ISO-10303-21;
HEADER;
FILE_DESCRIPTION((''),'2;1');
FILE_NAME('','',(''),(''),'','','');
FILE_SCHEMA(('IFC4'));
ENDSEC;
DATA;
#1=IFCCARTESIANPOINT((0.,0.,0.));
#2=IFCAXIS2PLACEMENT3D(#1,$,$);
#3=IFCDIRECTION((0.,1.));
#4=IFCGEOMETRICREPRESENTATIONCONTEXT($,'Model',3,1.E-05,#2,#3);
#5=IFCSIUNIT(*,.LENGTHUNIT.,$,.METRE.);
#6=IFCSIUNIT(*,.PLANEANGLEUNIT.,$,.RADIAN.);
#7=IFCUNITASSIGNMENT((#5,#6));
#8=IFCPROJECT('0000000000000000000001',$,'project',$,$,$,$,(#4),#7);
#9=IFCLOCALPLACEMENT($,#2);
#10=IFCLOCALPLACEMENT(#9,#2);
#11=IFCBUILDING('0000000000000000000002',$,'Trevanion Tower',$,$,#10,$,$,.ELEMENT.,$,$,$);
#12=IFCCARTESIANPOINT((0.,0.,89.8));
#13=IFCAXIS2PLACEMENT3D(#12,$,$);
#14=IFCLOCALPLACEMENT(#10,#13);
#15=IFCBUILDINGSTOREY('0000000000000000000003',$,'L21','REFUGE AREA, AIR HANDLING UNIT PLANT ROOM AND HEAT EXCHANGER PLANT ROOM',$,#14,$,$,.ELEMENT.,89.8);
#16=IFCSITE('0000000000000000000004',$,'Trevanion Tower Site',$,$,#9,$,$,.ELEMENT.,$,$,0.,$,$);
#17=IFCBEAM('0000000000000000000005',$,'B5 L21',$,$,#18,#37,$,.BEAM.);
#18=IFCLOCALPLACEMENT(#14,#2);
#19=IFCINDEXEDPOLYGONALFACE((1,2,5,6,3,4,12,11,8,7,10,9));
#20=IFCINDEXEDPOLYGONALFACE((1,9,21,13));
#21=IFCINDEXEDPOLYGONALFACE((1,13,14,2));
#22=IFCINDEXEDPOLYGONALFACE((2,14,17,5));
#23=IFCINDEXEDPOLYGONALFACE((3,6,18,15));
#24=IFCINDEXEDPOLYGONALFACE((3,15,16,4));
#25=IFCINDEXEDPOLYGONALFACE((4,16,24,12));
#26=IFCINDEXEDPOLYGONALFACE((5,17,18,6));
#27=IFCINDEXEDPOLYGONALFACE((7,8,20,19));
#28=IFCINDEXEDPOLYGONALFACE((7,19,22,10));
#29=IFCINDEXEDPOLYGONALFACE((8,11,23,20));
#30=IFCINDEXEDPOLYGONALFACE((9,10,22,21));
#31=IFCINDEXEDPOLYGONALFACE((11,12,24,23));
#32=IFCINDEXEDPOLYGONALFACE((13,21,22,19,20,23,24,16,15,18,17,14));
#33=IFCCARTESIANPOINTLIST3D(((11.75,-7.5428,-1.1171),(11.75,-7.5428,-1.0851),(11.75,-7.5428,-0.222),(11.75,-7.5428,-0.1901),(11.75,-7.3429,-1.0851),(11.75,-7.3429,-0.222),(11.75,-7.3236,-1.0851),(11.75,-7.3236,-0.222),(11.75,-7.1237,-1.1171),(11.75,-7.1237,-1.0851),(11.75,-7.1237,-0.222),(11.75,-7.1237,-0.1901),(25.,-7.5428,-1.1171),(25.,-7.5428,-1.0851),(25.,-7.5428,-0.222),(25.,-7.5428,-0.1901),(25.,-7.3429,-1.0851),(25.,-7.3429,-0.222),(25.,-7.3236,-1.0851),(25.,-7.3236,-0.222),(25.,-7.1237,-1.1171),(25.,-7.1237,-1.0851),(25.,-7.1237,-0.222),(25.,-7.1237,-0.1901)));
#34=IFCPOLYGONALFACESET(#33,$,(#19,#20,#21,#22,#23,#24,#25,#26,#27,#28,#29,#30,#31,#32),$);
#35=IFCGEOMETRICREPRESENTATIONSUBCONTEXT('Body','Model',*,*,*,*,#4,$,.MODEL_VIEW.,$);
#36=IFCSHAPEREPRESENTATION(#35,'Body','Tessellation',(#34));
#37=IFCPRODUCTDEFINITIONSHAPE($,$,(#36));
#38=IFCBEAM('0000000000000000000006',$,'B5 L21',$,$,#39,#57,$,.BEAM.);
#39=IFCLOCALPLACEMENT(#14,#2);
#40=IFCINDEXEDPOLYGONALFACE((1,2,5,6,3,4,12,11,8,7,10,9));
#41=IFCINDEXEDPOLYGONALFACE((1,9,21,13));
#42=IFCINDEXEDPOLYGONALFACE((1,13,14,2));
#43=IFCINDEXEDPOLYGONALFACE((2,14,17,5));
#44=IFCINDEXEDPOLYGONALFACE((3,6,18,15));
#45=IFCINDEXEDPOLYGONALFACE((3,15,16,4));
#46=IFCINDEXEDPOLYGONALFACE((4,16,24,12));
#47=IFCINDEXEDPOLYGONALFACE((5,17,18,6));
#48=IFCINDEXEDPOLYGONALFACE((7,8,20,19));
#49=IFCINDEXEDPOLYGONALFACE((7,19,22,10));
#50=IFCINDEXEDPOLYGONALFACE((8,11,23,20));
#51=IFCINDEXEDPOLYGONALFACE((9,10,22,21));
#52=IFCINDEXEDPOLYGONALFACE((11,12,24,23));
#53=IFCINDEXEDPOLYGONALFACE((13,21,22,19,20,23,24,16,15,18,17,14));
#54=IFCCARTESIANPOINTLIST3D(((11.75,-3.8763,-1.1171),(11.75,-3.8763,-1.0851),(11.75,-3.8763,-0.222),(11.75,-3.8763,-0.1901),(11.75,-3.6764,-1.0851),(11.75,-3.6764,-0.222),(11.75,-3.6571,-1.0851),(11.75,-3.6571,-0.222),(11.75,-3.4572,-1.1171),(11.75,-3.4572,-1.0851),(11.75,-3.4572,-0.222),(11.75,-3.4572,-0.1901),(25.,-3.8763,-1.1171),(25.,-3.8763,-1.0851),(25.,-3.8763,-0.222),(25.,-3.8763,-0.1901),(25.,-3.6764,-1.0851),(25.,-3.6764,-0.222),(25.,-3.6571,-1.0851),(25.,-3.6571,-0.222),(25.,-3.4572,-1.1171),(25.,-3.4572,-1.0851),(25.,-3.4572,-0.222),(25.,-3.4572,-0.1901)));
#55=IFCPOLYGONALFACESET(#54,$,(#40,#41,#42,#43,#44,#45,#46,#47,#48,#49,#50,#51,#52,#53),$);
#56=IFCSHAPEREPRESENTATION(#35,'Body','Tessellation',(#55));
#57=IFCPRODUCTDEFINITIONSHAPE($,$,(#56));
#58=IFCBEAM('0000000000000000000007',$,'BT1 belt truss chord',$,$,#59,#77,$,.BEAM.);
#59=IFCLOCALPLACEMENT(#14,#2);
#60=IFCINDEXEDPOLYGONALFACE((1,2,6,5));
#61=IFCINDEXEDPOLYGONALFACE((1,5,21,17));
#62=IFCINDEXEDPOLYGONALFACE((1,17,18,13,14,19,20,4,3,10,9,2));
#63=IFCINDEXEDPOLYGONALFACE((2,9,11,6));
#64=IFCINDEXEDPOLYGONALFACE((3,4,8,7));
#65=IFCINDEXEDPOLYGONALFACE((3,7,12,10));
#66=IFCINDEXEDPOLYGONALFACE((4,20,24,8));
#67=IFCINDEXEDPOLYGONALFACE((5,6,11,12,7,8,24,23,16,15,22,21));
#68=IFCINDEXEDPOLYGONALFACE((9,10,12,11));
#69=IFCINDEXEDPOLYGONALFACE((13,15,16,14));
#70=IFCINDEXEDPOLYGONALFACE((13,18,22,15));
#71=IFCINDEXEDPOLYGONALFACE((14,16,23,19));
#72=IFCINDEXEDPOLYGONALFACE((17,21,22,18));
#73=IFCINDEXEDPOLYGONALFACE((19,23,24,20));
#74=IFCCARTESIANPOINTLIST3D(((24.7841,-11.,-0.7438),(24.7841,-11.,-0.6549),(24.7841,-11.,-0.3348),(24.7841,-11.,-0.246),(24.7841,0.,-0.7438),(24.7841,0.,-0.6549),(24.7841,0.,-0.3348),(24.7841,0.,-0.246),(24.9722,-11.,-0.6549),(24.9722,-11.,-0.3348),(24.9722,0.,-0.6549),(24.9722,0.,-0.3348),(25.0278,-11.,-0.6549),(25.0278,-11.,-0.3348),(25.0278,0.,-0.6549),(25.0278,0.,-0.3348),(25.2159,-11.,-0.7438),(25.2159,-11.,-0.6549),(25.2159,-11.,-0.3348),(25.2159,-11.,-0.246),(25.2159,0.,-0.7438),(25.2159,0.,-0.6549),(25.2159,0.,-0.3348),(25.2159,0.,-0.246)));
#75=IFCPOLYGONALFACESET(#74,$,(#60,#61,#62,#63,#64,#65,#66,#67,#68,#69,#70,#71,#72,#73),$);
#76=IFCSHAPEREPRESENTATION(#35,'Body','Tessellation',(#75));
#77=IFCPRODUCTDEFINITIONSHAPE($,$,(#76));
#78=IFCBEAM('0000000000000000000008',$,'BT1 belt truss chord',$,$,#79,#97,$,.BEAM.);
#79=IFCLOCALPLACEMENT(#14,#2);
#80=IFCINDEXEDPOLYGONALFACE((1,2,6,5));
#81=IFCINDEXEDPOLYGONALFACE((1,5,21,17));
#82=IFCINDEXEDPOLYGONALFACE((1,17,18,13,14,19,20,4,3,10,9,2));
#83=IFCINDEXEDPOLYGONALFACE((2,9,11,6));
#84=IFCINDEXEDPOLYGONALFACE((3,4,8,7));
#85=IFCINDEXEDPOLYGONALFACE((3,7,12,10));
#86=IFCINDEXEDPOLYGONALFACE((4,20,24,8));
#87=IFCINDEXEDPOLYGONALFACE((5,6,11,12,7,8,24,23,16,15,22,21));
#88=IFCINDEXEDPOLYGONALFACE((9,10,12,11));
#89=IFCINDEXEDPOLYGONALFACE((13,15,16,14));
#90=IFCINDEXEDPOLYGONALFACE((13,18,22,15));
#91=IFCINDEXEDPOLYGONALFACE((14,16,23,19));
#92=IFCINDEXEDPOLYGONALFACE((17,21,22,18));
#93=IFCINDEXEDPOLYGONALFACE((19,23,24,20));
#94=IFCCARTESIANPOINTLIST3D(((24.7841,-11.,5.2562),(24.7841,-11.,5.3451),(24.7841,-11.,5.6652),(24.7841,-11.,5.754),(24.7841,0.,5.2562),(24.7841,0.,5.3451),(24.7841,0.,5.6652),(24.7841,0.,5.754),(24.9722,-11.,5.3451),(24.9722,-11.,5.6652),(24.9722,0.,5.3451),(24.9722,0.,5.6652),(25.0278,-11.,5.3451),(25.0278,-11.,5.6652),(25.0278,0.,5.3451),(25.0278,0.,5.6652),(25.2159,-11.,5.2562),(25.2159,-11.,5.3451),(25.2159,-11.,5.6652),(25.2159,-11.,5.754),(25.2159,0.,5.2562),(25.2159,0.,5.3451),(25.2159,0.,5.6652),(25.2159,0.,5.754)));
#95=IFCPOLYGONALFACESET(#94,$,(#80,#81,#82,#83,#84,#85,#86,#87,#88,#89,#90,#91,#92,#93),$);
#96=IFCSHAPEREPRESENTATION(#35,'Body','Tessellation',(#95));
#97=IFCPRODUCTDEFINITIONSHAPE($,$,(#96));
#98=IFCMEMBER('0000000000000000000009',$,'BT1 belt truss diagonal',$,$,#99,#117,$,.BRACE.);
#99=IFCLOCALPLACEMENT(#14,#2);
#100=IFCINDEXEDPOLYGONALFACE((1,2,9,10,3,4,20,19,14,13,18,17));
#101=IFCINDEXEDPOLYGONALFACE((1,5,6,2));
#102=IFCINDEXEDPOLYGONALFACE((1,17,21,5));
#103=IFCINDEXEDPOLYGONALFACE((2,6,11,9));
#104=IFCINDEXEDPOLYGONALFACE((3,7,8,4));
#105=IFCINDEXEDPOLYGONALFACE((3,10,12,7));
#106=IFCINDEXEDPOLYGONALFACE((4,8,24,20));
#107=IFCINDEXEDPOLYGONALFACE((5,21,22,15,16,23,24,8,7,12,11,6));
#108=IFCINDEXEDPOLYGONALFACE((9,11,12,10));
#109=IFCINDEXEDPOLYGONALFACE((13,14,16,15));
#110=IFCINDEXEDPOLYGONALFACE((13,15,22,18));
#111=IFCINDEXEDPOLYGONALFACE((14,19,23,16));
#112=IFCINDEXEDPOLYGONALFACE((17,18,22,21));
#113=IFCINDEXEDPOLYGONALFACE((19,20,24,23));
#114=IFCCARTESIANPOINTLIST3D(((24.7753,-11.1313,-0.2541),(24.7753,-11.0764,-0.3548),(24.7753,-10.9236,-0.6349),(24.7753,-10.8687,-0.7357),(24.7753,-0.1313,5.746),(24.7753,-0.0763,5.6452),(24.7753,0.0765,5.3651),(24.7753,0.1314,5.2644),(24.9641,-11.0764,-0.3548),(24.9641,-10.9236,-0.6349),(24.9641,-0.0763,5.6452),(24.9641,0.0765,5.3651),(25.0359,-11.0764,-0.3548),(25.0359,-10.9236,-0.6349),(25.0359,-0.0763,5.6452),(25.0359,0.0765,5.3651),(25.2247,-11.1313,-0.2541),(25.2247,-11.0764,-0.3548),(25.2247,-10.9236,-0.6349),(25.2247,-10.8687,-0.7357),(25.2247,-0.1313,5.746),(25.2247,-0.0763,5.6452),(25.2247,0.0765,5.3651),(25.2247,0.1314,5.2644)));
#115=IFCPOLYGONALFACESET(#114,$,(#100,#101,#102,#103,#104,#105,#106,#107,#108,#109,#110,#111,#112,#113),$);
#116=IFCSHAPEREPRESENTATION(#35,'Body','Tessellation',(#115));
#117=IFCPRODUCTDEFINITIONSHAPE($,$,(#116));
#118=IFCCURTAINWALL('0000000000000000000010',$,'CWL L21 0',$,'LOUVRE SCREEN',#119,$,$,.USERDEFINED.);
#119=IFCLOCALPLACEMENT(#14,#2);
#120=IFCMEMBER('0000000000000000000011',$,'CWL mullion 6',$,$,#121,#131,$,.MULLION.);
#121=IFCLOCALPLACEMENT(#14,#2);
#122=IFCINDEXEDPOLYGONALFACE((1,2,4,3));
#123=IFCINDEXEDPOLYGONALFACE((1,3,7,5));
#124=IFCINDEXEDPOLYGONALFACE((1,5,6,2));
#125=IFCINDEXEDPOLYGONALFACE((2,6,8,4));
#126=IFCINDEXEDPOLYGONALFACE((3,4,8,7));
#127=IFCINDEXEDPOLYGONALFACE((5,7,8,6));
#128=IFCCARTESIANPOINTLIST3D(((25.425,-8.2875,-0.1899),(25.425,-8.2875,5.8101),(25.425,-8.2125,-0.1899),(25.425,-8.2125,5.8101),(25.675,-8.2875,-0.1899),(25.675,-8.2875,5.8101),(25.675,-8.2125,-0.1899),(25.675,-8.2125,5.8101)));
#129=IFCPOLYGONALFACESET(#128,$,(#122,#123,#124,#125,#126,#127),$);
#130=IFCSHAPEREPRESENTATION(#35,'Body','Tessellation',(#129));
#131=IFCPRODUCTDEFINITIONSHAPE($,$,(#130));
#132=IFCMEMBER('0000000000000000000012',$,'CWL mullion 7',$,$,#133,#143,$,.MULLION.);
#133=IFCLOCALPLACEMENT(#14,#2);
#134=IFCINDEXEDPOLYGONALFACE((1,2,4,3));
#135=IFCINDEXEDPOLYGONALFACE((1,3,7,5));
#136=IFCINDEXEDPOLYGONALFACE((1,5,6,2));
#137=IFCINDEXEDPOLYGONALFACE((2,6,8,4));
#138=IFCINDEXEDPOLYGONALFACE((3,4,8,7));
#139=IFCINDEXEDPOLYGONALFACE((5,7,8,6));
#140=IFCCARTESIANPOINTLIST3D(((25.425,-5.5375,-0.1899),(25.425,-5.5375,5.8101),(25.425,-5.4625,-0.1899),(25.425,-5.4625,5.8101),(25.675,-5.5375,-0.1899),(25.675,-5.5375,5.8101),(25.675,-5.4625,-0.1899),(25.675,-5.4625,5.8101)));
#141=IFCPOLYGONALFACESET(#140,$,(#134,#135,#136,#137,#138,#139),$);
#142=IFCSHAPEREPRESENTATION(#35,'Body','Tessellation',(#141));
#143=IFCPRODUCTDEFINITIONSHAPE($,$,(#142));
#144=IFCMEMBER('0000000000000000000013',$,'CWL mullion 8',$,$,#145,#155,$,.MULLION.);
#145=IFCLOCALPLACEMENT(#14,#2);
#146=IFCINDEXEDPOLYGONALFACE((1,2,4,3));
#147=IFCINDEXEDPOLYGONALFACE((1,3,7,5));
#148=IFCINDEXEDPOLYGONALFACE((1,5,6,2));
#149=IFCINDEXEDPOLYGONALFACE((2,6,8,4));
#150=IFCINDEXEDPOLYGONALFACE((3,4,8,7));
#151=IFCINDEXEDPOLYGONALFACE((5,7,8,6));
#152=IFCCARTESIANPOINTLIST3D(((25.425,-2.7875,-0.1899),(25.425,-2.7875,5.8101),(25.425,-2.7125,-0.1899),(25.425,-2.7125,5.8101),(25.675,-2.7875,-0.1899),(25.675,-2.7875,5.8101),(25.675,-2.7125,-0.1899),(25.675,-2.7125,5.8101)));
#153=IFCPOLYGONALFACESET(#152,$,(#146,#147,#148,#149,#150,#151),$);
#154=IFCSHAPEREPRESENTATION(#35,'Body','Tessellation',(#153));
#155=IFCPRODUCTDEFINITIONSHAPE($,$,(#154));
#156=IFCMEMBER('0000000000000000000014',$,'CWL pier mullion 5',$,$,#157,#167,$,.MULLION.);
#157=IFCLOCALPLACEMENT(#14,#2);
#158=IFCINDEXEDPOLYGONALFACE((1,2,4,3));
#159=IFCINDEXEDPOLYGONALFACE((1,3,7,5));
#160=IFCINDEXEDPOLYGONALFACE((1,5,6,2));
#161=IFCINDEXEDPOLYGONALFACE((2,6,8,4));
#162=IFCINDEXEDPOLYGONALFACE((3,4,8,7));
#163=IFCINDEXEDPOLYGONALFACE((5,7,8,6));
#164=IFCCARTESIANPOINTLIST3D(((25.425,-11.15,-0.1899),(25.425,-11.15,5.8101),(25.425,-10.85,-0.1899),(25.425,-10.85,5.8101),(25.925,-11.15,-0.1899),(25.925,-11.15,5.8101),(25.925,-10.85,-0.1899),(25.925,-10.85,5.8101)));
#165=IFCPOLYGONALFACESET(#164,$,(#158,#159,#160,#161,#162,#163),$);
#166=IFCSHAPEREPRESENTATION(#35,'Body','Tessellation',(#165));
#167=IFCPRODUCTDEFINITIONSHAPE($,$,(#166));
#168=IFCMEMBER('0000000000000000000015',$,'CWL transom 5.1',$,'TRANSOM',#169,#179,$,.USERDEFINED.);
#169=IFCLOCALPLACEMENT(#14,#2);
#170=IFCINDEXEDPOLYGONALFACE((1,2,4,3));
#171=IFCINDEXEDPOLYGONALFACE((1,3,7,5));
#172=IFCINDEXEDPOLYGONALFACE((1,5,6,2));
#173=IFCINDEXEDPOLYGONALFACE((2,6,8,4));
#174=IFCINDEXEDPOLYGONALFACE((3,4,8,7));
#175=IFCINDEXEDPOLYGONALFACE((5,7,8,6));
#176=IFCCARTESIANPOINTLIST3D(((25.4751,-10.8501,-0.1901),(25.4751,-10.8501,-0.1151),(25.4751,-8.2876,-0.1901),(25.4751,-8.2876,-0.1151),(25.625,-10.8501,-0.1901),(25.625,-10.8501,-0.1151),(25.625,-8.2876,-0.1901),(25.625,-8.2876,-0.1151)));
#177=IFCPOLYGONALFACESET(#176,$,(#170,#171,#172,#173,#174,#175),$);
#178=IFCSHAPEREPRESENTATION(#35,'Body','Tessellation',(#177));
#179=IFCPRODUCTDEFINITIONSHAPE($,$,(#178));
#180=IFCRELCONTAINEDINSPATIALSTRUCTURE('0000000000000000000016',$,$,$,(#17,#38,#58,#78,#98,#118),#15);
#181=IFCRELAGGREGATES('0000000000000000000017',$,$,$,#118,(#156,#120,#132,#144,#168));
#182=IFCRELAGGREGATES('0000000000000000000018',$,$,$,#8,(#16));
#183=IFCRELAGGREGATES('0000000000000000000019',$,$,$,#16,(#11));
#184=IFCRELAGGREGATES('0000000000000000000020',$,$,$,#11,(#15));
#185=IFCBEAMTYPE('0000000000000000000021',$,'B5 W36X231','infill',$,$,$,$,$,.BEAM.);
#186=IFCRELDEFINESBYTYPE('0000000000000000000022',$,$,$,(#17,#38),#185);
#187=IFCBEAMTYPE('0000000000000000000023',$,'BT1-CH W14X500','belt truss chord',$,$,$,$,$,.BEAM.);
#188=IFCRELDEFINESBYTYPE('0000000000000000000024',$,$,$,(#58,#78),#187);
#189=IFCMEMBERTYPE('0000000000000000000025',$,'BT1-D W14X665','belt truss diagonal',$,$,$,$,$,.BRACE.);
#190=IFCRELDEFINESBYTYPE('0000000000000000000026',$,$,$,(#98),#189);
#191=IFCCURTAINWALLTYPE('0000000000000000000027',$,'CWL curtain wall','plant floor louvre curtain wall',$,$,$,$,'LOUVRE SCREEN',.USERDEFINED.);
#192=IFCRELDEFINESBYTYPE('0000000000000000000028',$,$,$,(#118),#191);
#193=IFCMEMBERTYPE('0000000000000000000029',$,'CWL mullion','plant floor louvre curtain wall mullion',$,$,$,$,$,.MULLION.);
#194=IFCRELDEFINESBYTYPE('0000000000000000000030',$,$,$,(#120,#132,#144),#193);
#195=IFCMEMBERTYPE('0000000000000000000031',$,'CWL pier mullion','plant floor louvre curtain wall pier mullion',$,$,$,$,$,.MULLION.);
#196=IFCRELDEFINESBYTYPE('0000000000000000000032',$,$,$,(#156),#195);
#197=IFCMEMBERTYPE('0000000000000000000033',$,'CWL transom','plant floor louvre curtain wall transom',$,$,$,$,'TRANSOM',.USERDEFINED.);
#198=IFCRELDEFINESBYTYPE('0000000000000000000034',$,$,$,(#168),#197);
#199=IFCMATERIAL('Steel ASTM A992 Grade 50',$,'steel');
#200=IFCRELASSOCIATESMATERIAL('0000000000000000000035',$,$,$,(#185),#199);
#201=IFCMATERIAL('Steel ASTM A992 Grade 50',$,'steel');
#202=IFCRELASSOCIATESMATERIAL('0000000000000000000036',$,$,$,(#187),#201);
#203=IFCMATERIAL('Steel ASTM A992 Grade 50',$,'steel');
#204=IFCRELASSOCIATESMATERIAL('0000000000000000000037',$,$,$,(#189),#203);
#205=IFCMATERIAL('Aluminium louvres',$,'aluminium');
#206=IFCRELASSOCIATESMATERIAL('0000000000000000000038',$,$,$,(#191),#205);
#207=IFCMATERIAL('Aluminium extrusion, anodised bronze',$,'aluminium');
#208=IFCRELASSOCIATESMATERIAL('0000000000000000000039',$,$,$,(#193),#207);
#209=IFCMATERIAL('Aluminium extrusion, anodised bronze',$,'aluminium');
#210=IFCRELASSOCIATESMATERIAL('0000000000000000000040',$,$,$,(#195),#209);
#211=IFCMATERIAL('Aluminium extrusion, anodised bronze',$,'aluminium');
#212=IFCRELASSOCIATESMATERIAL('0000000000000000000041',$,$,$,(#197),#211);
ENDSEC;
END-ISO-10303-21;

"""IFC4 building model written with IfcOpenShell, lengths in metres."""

from ifc_helpers import new_model, si_unit, direction, frame, origin, origin_2d, place, context, subcontext, project, spatial, rectangle, i_section, extrude, material, material_profile, profile_set, type_object, element, aggregate, save


model = new_model("IFC4")

# Units and contexts
model_context = context("Model", 3, precision=1e-05, world=origin(), true_north=direction((0.0, 1.0)))
body_context = subcontext(model_context, "Body", "Model", "MODEL_VIEW")
ifc_project = project(units=[si_unit("LENGTHUNIT", "METRE"), si_unit("PLANEANGLEUNIT", "RADIAN")], contexts=[model_context])

# Site, building, storey
site_placement = place(None, origin())
site = spatial("IfcSite", under=ifc_project, at=site_placement, Name="Trevanion Tower Site", CompositionType="ELEMENT", RefElevation=0.0)
building_placement = place(site_placement, origin())
building = spatial("IfcBuilding", under=site, at=building_placement, Name="Trevanion Tower", CompositionType="ELEMENT")
storey_placement = place(building_placement, frame((0.0, 0.0, 89.8)))
storey = spatial("IfcBuildingStorey", under=building, at=storey_placement, Name="L21", Description="REFUGE AREA, AIR HANDLING UNIT PLANT ROOM AND HEAT EXCHANGER PLANT ROOM", CompositionType="ELEMENT", Elevation=89.8)

# Beams
ifc_material_1 = material(Name="Steel ASTM A992 Grade 50", Category="steel")
ifc_material_profile_1 = material_profile(ifc_material_1, i_section(OverallWidth=0.4192, OverallDepth=0.927, WebThickness=0.0193, FlangeThickness=0.032, at=origin_2d()), Name="W36X231")
ifc_profile_set_1 = profile_set([ifc_material_profile_1], Name="Steel ASTM A992 Grade 50")
beam_type_1 = type_object("IfcBeamType", Name="B5 W36X231", Description="infill", PredefinedType="BEAM", material=ifc_profile_set_1)
for number, where, z_axis, x_axis, name in (
    (1, (11.75, -7.3333, -0.6536), (1.0, 0.0, 0.0), (0.0, 1.0, 0.0), "B5 L21"),
    (2, (11.75, -3.6667, -0.6536), (1.0, 0.0, 0.0), (0.0, 1.0, 0.0), "B5 L21"),
):
    element("IfcBeam", number, at=place(storey_placement, frame(where, z_axis=z_axis, x_axis=x_axis)), inside=storey, type_object=beam_type_1, Name=name, PredefinedType="BEAM", context=body_context, shape_type="SweptSolid", body=[
        extrude(i_section(OverallWidth=0.4192, OverallDepth=0.927, WebThickness=0.0193, FlangeThickness=0.032, at=origin_2d()), origin(), (0.0, 0.0, 1.0), 13.25),
    ])
ifc_material_2 = material(Name="Steel ASTM A992 Grade 50", Category="steel")
ifc_material_profile_2 = material_profile(ifc_material_2, i_section(OverallWidth=0.4319, OverallDepth=0.4978, WebThickness=0.0557, FlangeThickness=0.0889, at=origin_2d()), Name="W14X500")
ifc_profile_set_2 = profile_set([ifc_material_profile_2], Name="Steel ASTM A992 Grade 50")
beam_type_2 = type_object("IfcBeamType", Name="BT1-CH W14X500", Description="belt truss chord", PredefinedType="BEAM", material=ifc_profile_set_2)
for number, where, z_axis, x_axis, name in (
    (3, (25.0, -11.0, -0.4949), (0.0, 1.0, 0.0), (-1.0, 0.0, 0.0), "BT1 belt truss chord"),
    (4, (25.0, -11.0, 5.5051), (0.0, 1.0, 0.0), (-1.0, 0.0, 0.0), "BT1 belt truss chord"),
):
    element("IfcBeam", number, at=place(storey_placement, frame(where, z_axis=z_axis, x_axis=x_axis)), inside=storey, type_object=beam_type_2, Name=name, PredefinedType="BEAM", context=body_context, shape_type="SweptSolid", body=[
        extrude(i_section(OverallWidth=0.4319, OverallDepth=0.4978, WebThickness=0.0557, FlangeThickness=0.0889, at=origin_2d()), origin(), (0.0, 0.0, 1.0), 11.0),
    ])

# Member
ifc_material_3 = material(Name="Steel ASTM A992 Grade 50", Category="steel")
ifc_material_profile_3 = material_profile(ifc_material_3, i_section(OverallWidth=0.4495, OverallDepth=0.5486, WebThickness=0.0718, FlangeThickness=0.1147, at=origin_2d()), Name="W14X665")
ifc_profile_set_3 = profile_set([ifc_material_profile_3], Name="Steel ASTM A992 Grade 50")
member_type_1 = type_object("IfcMemberType", Name="BT1-D W14X665", Description="belt truss diagonal", PredefinedType="BRACE", material=ifc_profile_set_3)
member_1_placement = place(storey_placement, frame((25.0, -11.0, -0.4949), z_axis=(0.0, 0.877896, 0.478852), x_axis=(-1.0, 0.0, 0.0)))
element("IfcMember", 5, at=member_1_placement, inside=storey, type_object=member_type_1, Name="BT1 belt truss diagonal", PredefinedType="BRACE", context=body_context, shape_type="SweptSolid", body=[
    extrude(i_section(OverallWidth=0.4495, OverallDepth=0.5486, WebThickness=0.0718, FlangeThickness=0.1147, at=origin_2d()), origin(), (0.0, 0.0, 1.0), 12.53),
])

# Curtain wall, members
ifc_material_4 = material(Name="Aluminium louvres", Category="aluminium")
curtain_wall_type = type_object("IfcCurtainWallType", Name="CWL curtain wall", Description="plant floor louvre curtain wall", ElementType="LOUVRE SCREEN", PredefinedType="USERDEFINED", material=ifc_material_4)
curtain_wall_placement = place(storey_placement, origin())
curtain_wall = element("IfcCurtainWall", 6, at=curtain_wall_placement, inside=storey, type_object=curtain_wall_type, Name="CWL L21 0", ObjectType="LOUVRE SCREEN", PredefinedType="USERDEFINED")
ifc_material_5 = material(Name="Aluminium extrusion, anodised bronze", Category="aluminium")
ifc_material_profile_4 = material_profile(ifc_material_5, rectangle(XDim=0.075, YDim=0.25, at=origin_2d()), Name="CWL mullion")
ifc_profile_set_4 = profile_set([ifc_material_profile_4], Name="Aluminium extrusion, anodised bronze")
member_type_2 = type_object("IfcMemberType", Name="CWL mullion", Description="plant floor louvre curtain wall mullion", PredefinedType="MULLION", material=ifc_profile_set_4)
member_2_placement = place(storey_placement, frame((25.55, -8.25, -0.1899), z_axis=(0.0, 0.0, 1.0), x_axis=(0.0, 1.0, 0.0)))
member_2 = element("IfcMember", 7, at=member_2_placement, type_object=member_type_2, Name="CWL mullion 6", PredefinedType="MULLION", context=body_context, shape_type="SweptSolid", body=[
    extrude(rectangle(XDim=0.075, YDim=0.25, at=origin_2d()), origin(), (0.0, 0.0, 1.0), 6.0),
])
member_3_placement = place(storey_placement, frame((25.55, -5.5, -0.1899), z_axis=(0.0, 0.0, 1.0), x_axis=(0.0, 1.0, 0.0)))
member_3 = element("IfcMember", 8, at=member_3_placement, type_object=member_type_2, Name="CWL mullion 7", PredefinedType="MULLION", context=body_context, shape_type="SweptSolid", body=[
    extrude(rectangle(XDim=0.075, YDim=0.25, at=origin_2d()), origin(), (0.0, 0.0, 1.0), 6.0),
])
member_4_placement = place(storey_placement, frame((25.55, -2.75, -0.1899), z_axis=(0.0, 0.0, 1.0), x_axis=(0.0, 1.0, 0.0)))
member_4 = element("IfcMember", 9, at=member_4_placement, type_object=member_type_2, Name="CWL mullion 8", PredefinedType="MULLION", context=body_context, shape_type="SweptSolid", body=[
    extrude(rectangle(XDim=0.075, YDim=0.25, at=origin_2d()), origin(), (0.0, 0.0, 1.0), 6.0),
])
ifc_material_6 = material(Name="Aluminium extrusion, anodised bronze", Category="aluminium")
ifc_material_profile_5 = material_profile(ifc_material_6, rectangle(XDim=0.3, YDim=0.5, at=origin_2d()), Name="CWL pier mullion")
ifc_profile_set_5 = profile_set([ifc_material_profile_5], Name="Aluminium extrusion, anodised bronze")
member_type_3 = type_object("IfcMemberType", Name="CWL pier mullion", Description="plant floor louvre curtain wall pier mullion", PredefinedType="MULLION", material=ifc_profile_set_5)
member_5_placement = place(storey_placement, frame((25.675, -11.0, -0.1899), z_axis=(0.0, 0.0, 1.0), x_axis=(0.0, 1.0, 0.0)))
member_5 = element("IfcMember", 10, at=member_5_placement, type_object=member_type_3, Name="CWL pier mullion 5", PredefinedType="MULLION", context=body_context, shape_type="SweptSolid", body=[
    extrude(rectangle(XDim=0.3, YDim=0.5, at=origin_2d()), origin(), (0.0, 0.0, 1.0), 6.0),
])
ifc_material_7 = material(Name="Aluminium extrusion, anodised bronze", Category="aluminium")
ifc_material_profile_6 = material_profile(ifc_material_7, rectangle(XDim=0.1499, YDim=0.075, at=origin_2d()), Name="CWL transom")
ifc_profile_set_6 = profile_set([ifc_material_profile_6], Name="Aluminium extrusion, anodised bronze")
member_type_4 = type_object("IfcMemberType", Name="CWL transom", Description="plant floor louvre curtain wall transom", ElementType="TRANSOM", PredefinedType="USERDEFINED", material=ifc_profile_set_6)
member_6_placement = place(storey_placement, frame((25.55, -10.8501, -0.1526), z_axis=(0.0, 1.0, 0.0), x_axis=(-1.0, 0.0, 0.0)))
member_6 = element("IfcMember", 11, at=member_6_placement, type_object=member_type_4, Name="CWL transom 5.1", ObjectType="TRANSOM", PredefinedType="USERDEFINED", context=body_context, shape_type="SweptSolid", body=[
    extrude(rectangle(XDim=0.1499, YDim=0.075, at=origin_2d()), origin(), (0.0, 0.0, 1.0), 2.5625),
])
aggregate(curtain_wall, [member_5, member_2, member_3, member_4, member_6])

save(model, "model.ifc")
